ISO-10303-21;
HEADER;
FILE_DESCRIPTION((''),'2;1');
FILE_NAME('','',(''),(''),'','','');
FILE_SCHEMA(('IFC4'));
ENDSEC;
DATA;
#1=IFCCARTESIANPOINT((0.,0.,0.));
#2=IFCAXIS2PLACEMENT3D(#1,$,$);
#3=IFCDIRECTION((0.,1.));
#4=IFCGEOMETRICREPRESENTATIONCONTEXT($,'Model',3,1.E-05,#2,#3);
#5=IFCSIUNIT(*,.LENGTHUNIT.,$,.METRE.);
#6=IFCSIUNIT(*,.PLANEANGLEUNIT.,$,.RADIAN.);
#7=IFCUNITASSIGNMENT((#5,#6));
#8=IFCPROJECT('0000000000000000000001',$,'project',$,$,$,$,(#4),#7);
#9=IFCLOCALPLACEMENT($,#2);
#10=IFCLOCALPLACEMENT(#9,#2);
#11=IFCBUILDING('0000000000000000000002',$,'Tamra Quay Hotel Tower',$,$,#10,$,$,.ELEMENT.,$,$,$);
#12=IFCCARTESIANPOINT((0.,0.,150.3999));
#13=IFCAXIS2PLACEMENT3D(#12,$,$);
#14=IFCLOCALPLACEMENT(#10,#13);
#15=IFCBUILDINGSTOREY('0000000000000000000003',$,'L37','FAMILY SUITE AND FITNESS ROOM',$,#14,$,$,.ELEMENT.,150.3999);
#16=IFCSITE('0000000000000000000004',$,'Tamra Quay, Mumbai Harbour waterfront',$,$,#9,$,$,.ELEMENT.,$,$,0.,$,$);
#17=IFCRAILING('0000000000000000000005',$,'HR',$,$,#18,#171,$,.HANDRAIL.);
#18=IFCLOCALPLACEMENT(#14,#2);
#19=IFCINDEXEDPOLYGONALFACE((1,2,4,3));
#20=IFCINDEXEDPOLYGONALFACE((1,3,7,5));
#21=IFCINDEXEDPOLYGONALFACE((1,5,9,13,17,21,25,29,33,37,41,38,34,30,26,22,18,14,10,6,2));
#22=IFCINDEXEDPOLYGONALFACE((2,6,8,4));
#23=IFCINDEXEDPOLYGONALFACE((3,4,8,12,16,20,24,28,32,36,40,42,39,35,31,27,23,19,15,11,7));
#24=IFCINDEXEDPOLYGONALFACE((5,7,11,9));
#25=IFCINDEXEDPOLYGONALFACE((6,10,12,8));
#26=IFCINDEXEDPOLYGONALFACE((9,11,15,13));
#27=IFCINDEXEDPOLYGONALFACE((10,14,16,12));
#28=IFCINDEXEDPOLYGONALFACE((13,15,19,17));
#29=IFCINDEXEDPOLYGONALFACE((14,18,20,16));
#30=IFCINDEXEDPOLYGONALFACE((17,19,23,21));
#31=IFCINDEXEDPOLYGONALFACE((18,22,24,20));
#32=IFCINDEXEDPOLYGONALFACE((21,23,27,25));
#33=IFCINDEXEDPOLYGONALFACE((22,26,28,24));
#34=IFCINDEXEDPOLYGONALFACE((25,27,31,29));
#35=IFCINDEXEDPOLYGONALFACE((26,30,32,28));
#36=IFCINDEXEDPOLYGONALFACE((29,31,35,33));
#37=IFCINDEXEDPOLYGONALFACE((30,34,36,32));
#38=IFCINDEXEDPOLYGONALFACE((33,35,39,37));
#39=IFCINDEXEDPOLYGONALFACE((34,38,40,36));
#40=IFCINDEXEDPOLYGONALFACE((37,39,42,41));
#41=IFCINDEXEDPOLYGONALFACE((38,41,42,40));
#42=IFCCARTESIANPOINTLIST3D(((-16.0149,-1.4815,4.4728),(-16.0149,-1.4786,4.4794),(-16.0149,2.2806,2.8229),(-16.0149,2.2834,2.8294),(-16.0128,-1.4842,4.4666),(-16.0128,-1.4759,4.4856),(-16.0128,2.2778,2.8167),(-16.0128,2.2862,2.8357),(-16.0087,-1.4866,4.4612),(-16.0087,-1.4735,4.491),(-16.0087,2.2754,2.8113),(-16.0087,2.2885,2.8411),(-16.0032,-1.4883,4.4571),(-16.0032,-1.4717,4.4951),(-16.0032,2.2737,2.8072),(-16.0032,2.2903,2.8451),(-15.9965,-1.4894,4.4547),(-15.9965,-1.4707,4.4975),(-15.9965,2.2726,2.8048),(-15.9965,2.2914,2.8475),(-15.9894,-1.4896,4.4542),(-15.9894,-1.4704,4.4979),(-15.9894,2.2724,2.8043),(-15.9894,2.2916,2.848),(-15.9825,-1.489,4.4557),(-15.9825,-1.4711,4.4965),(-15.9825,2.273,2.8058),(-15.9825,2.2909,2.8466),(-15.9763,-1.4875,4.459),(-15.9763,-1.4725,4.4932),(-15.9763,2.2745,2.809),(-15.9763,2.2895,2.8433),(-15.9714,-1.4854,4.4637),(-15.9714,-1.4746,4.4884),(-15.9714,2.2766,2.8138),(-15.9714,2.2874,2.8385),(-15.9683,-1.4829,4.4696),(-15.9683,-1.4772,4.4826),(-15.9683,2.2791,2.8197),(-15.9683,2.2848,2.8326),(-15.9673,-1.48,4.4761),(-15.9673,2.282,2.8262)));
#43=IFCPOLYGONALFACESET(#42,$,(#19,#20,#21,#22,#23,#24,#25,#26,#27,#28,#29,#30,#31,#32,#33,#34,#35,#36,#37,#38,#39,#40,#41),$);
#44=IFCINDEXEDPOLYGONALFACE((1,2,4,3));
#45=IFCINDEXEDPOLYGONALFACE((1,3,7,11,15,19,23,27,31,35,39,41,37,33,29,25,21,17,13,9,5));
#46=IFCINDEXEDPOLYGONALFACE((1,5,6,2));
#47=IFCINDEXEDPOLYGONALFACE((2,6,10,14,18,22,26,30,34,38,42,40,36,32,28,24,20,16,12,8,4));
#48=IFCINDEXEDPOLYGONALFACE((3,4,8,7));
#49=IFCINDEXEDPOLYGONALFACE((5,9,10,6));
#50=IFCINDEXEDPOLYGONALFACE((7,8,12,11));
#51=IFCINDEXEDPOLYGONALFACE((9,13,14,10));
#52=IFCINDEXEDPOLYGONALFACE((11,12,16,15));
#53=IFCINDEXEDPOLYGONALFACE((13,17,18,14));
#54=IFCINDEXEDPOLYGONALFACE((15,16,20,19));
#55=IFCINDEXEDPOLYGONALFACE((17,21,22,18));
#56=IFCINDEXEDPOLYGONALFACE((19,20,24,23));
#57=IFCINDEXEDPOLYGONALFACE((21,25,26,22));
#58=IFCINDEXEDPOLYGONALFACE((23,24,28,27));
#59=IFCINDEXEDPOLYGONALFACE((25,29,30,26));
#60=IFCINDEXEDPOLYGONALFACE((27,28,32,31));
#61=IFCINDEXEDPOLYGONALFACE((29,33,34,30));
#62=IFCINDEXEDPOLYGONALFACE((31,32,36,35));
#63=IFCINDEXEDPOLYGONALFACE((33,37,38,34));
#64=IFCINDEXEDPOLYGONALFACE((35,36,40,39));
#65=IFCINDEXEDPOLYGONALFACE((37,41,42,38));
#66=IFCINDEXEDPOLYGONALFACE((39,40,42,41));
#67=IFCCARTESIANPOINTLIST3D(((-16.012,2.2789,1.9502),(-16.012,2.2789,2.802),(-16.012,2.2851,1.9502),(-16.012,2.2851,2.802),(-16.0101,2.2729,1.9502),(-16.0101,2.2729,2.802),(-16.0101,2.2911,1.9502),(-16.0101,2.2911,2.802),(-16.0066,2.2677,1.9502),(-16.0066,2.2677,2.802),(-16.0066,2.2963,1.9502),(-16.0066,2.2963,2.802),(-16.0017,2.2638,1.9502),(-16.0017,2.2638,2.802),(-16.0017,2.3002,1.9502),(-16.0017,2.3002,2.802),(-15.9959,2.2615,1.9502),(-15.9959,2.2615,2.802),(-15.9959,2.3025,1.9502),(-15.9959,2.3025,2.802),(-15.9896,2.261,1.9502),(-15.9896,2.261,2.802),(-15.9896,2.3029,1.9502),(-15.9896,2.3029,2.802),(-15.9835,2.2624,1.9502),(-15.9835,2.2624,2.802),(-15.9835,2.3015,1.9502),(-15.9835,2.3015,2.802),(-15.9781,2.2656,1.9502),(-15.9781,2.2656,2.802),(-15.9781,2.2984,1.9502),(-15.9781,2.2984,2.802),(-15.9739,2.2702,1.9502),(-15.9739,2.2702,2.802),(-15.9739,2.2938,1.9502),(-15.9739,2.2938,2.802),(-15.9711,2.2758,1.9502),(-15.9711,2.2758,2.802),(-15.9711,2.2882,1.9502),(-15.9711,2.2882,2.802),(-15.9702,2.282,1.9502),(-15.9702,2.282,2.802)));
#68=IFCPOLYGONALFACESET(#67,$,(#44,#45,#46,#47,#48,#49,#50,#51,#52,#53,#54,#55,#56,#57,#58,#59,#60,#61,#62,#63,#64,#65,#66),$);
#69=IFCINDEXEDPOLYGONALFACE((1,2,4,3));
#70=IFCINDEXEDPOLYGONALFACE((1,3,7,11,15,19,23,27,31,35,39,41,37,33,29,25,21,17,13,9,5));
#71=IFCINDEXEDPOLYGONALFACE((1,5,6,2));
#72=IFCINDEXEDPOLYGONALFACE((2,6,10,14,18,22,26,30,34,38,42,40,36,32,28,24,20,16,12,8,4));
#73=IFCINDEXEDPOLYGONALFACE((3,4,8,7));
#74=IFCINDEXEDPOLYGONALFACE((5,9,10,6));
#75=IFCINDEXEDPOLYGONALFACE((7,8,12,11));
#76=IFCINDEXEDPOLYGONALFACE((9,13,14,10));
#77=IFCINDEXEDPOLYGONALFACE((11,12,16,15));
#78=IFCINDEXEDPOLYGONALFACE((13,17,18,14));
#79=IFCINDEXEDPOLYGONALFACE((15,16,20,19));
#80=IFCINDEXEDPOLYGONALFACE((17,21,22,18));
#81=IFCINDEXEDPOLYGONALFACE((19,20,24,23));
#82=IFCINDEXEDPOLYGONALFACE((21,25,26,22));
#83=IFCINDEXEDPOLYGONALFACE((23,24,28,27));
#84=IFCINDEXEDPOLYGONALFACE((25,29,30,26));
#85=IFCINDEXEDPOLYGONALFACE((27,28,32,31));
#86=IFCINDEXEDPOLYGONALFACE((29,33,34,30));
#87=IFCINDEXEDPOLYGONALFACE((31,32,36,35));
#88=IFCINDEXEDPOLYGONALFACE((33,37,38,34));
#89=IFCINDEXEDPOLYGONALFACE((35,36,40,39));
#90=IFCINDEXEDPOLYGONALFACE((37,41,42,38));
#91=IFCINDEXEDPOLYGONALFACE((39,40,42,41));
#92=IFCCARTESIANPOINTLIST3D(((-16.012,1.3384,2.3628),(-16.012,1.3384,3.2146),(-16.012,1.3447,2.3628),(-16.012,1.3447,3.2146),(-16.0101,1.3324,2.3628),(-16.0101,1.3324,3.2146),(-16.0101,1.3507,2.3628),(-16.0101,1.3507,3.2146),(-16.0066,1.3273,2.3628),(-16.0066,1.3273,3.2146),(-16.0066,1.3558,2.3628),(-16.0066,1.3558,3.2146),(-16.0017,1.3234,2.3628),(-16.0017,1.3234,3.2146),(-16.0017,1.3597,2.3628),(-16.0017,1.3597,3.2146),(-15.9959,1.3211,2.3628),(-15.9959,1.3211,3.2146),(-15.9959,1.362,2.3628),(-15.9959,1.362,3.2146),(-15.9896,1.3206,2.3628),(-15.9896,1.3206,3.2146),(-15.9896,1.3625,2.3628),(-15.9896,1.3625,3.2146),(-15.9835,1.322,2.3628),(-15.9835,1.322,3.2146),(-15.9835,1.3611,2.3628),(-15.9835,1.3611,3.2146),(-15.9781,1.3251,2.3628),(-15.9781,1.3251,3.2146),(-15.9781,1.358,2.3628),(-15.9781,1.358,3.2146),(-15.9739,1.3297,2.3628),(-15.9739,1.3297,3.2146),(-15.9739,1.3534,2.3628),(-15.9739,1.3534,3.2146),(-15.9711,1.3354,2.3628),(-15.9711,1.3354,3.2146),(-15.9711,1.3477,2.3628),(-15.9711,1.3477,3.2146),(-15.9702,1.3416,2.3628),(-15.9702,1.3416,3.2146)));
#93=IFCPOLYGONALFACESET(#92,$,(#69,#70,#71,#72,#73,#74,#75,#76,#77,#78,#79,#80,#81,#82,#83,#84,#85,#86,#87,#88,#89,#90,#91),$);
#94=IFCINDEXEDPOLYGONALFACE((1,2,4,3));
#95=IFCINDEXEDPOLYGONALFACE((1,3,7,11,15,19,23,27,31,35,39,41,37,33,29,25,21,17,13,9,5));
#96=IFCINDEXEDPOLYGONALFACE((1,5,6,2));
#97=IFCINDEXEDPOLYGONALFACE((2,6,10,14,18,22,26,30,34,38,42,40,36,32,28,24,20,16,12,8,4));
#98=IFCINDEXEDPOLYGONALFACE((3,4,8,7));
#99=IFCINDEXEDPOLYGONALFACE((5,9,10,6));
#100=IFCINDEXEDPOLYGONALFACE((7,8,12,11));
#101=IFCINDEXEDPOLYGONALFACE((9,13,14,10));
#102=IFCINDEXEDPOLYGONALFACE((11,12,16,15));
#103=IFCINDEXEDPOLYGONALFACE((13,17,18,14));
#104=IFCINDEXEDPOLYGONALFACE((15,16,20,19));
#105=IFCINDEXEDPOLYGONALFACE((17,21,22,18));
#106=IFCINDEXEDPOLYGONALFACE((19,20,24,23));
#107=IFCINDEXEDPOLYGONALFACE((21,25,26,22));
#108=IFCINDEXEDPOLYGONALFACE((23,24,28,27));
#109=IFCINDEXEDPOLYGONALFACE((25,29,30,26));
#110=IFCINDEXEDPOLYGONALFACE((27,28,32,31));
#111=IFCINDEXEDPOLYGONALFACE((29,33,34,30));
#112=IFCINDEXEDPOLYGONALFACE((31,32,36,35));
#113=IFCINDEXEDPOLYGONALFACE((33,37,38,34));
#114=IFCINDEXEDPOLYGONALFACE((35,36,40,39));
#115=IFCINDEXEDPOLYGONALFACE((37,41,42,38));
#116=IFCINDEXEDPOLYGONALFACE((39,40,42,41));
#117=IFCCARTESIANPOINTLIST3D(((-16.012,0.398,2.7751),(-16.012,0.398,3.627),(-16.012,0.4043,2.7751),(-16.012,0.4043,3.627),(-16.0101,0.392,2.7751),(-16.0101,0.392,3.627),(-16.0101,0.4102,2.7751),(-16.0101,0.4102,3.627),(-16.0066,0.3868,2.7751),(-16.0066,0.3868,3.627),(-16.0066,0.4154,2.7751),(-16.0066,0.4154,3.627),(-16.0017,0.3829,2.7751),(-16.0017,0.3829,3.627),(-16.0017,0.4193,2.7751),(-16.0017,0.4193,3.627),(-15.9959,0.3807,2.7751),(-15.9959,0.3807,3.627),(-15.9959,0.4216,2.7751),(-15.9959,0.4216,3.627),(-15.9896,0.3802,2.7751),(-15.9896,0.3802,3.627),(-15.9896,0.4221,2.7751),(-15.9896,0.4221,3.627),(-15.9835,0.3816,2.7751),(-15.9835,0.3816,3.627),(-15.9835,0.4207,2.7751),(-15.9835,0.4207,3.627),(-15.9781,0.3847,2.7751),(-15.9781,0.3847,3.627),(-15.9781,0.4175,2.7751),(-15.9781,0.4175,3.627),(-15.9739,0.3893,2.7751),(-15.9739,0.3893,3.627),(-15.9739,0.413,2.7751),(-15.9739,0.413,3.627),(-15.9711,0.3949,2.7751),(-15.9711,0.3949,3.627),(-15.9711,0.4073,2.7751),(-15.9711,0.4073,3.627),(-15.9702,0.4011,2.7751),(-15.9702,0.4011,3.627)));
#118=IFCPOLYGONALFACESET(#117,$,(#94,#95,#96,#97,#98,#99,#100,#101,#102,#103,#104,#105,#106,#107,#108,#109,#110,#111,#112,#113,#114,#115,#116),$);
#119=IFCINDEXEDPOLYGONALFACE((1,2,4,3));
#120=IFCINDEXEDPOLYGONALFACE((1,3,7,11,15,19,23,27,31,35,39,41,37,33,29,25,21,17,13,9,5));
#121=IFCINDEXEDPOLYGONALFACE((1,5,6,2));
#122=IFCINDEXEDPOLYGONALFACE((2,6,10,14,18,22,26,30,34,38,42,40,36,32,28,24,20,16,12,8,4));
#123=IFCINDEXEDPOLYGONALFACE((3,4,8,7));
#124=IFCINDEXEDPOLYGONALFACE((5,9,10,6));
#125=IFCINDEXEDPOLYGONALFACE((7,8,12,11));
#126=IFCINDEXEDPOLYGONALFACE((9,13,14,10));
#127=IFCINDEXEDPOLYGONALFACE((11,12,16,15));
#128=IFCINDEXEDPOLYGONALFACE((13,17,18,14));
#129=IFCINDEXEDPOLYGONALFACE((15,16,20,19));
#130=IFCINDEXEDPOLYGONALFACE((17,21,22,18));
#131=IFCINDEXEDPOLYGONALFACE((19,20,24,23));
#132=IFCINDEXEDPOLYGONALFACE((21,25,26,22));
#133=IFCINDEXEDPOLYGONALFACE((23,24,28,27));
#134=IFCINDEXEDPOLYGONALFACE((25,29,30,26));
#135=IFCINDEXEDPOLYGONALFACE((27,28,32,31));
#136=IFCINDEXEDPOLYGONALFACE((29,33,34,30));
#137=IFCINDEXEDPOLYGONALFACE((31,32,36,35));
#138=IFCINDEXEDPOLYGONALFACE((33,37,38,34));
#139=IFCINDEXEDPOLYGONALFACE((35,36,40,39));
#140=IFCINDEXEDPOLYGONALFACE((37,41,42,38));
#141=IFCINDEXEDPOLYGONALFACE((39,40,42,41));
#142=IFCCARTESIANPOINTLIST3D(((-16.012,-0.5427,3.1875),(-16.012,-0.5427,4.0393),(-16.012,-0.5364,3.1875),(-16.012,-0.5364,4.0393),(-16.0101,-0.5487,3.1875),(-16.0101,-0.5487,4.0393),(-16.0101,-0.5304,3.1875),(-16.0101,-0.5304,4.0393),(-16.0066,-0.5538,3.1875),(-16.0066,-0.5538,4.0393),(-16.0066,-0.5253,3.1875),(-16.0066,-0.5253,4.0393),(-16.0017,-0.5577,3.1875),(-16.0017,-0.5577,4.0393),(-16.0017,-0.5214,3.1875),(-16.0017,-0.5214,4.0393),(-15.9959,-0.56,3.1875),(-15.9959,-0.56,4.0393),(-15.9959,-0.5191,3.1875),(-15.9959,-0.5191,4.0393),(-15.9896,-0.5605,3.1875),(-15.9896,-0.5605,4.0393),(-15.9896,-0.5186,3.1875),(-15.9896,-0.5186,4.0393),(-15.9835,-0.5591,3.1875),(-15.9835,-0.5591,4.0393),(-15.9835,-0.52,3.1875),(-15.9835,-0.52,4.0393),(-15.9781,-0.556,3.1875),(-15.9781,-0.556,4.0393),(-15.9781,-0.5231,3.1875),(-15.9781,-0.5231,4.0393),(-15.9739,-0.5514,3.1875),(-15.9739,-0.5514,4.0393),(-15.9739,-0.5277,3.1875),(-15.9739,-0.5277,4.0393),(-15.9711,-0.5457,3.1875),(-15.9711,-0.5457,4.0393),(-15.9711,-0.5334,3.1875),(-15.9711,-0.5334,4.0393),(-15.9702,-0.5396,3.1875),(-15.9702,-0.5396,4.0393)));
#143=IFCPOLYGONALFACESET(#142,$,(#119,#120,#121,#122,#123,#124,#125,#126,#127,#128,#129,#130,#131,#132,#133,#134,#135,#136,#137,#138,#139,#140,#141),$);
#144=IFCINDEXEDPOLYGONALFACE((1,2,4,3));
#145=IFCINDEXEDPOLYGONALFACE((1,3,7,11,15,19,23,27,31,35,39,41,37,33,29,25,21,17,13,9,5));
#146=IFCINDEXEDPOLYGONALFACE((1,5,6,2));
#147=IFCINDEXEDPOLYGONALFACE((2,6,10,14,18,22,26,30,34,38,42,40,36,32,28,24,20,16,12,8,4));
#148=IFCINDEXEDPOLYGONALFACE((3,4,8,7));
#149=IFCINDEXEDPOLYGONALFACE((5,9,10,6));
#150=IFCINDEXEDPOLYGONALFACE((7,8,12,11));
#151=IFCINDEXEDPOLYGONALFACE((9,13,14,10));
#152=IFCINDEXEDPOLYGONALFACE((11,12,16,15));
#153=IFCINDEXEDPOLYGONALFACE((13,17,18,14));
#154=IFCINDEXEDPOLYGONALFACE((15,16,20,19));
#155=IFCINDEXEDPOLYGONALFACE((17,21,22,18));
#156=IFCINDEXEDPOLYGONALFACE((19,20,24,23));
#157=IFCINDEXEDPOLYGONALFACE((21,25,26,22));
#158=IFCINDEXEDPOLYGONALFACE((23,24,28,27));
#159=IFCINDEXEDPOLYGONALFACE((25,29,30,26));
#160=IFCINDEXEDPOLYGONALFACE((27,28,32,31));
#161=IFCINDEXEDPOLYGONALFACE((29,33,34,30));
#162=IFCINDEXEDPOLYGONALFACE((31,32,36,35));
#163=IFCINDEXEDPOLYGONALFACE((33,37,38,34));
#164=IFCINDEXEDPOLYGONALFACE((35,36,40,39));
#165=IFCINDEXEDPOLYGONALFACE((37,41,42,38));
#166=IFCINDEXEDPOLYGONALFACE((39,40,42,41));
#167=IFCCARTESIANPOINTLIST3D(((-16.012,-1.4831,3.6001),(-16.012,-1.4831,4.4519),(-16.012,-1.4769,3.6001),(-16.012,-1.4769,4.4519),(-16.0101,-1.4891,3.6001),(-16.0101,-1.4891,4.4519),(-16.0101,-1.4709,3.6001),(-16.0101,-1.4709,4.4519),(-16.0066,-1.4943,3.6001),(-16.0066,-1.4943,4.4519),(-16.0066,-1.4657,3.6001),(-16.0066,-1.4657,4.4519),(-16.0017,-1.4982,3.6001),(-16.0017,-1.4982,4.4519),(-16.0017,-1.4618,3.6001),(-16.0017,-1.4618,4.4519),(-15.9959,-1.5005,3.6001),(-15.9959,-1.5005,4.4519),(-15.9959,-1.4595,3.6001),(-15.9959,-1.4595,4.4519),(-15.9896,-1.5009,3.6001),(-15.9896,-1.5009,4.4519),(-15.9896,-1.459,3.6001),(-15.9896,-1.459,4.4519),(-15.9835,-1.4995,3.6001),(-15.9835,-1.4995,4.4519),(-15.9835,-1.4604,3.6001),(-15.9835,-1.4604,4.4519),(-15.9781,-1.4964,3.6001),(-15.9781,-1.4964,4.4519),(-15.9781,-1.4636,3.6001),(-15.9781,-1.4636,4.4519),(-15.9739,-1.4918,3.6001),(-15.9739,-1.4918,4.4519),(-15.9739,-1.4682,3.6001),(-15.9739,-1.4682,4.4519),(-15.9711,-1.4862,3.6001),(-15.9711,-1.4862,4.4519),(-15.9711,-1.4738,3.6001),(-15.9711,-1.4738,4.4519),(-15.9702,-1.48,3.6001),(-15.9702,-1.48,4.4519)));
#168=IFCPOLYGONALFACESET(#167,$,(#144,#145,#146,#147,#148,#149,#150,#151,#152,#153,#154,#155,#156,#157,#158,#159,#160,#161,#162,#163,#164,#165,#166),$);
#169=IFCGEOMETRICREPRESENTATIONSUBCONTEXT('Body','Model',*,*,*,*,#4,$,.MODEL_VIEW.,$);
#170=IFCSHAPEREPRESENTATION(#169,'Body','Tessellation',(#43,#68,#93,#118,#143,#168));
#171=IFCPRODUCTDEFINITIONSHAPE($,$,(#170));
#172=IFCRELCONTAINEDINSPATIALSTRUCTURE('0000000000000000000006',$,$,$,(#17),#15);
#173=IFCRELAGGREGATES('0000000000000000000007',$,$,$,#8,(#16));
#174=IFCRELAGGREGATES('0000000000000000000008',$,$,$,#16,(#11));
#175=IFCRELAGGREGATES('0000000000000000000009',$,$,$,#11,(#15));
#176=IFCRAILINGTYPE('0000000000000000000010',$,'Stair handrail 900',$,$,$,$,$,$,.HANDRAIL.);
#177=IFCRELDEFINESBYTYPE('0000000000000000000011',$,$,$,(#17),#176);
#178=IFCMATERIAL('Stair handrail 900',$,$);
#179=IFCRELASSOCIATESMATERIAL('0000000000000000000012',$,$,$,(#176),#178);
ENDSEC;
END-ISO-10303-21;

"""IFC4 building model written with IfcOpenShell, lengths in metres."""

from ifc_helpers import new_model, si_unit, direction, frame, origin, origin_2d, place, context, subcontext, project, spatial, circle, extrude, material, type_object, element, save


model = new_model("IFC4")

# Units and contexts
model_context = context("Model", 3, precision=1e-05, world=origin(), true_north=direction((0.0, 1.0)))
body_context = subcontext(model_context, "Body", "Model", "MODEL_VIEW")
ifc_project = project(units=[si_unit("LENGTHUNIT", "METRE"), si_unit("PLANEANGLEUNIT", "RADIAN")], contexts=[model_context])

# Site, building, storey
site_placement = place(None, origin())
site = spatial("IfcSite", under=ifc_project, at=site_placement, Name="Tamra Quay, Mumbai Harbour waterfront", CompositionType="ELEMENT", RefElevation=0.0)
building_placement = place(site_placement, origin())
building = spatial("IfcBuilding", under=site, at=building_placement, Name="Tamra Quay Hotel Tower", CompositionType="ELEMENT")
storey_placement = place(building_placement, frame((0.0, 0.0, 150.3999)))
storey = spatial("IfcBuildingStorey", under=building, at=storey_placement, Name="L37", Description="FAMILY SUITE AND FITNESS ROOM", CompositionType="ELEMENT", Elevation=150.3999)

# Railing
ifc_material_1 = material(Name="Stair handrail 900")
railing_type = type_object("IfcRailingType", Name="Stair handrail 900", PredefinedType="HANDRAIL", material=ifc_material_1)
railing_placement = place(storey_placement, frame((-15.9912, 2.282, 1.9502)))
element("IfcRailing", 1, at=railing_placement, inside=storey, type_object=railing_type, Name="HR", PredefinedType="HANDRAIL", context=body_context, shape_type="SweptSolid", body=[
    extrude(circle(Radius=0.0239, at=origin_2d()), frame((0.0, 0.0, 0.876), z_axis=(0.0, -0.915795, 0.401645), x_axis=(1.0, 0.0, 0.0)), (0.0, 0.0, 1.0), 4.1079),
    extrude(circle(Radius=0.021, at=origin_2d()), origin(), (0.0, 0.0, 1.0), 0.8518),
    extrude(circle(Radius=0.021, at=origin_2d()), frame((0.0, -0.9404, 0.4126)), (0.0, 0.0, 1.0), 0.8518),
    extrude(circle(Radius=0.021, at=origin_2d()), frame((0.0, -1.8809, 0.825)), (0.0, 0.0, 1.0), 0.8518),
    extrude(circle(Radius=0.021, at=origin_2d()), frame((0.0, -2.8215, 1.2373)), (0.0, 0.0, 1.0), 0.8518),
    extrude(circle(Radius=0.021, at=origin_2d()), frame((0.0, -3.762, 1.6499)), (0.0, 0.0, 1.0), 0.8518),
])

save(model, "model.ifc")
